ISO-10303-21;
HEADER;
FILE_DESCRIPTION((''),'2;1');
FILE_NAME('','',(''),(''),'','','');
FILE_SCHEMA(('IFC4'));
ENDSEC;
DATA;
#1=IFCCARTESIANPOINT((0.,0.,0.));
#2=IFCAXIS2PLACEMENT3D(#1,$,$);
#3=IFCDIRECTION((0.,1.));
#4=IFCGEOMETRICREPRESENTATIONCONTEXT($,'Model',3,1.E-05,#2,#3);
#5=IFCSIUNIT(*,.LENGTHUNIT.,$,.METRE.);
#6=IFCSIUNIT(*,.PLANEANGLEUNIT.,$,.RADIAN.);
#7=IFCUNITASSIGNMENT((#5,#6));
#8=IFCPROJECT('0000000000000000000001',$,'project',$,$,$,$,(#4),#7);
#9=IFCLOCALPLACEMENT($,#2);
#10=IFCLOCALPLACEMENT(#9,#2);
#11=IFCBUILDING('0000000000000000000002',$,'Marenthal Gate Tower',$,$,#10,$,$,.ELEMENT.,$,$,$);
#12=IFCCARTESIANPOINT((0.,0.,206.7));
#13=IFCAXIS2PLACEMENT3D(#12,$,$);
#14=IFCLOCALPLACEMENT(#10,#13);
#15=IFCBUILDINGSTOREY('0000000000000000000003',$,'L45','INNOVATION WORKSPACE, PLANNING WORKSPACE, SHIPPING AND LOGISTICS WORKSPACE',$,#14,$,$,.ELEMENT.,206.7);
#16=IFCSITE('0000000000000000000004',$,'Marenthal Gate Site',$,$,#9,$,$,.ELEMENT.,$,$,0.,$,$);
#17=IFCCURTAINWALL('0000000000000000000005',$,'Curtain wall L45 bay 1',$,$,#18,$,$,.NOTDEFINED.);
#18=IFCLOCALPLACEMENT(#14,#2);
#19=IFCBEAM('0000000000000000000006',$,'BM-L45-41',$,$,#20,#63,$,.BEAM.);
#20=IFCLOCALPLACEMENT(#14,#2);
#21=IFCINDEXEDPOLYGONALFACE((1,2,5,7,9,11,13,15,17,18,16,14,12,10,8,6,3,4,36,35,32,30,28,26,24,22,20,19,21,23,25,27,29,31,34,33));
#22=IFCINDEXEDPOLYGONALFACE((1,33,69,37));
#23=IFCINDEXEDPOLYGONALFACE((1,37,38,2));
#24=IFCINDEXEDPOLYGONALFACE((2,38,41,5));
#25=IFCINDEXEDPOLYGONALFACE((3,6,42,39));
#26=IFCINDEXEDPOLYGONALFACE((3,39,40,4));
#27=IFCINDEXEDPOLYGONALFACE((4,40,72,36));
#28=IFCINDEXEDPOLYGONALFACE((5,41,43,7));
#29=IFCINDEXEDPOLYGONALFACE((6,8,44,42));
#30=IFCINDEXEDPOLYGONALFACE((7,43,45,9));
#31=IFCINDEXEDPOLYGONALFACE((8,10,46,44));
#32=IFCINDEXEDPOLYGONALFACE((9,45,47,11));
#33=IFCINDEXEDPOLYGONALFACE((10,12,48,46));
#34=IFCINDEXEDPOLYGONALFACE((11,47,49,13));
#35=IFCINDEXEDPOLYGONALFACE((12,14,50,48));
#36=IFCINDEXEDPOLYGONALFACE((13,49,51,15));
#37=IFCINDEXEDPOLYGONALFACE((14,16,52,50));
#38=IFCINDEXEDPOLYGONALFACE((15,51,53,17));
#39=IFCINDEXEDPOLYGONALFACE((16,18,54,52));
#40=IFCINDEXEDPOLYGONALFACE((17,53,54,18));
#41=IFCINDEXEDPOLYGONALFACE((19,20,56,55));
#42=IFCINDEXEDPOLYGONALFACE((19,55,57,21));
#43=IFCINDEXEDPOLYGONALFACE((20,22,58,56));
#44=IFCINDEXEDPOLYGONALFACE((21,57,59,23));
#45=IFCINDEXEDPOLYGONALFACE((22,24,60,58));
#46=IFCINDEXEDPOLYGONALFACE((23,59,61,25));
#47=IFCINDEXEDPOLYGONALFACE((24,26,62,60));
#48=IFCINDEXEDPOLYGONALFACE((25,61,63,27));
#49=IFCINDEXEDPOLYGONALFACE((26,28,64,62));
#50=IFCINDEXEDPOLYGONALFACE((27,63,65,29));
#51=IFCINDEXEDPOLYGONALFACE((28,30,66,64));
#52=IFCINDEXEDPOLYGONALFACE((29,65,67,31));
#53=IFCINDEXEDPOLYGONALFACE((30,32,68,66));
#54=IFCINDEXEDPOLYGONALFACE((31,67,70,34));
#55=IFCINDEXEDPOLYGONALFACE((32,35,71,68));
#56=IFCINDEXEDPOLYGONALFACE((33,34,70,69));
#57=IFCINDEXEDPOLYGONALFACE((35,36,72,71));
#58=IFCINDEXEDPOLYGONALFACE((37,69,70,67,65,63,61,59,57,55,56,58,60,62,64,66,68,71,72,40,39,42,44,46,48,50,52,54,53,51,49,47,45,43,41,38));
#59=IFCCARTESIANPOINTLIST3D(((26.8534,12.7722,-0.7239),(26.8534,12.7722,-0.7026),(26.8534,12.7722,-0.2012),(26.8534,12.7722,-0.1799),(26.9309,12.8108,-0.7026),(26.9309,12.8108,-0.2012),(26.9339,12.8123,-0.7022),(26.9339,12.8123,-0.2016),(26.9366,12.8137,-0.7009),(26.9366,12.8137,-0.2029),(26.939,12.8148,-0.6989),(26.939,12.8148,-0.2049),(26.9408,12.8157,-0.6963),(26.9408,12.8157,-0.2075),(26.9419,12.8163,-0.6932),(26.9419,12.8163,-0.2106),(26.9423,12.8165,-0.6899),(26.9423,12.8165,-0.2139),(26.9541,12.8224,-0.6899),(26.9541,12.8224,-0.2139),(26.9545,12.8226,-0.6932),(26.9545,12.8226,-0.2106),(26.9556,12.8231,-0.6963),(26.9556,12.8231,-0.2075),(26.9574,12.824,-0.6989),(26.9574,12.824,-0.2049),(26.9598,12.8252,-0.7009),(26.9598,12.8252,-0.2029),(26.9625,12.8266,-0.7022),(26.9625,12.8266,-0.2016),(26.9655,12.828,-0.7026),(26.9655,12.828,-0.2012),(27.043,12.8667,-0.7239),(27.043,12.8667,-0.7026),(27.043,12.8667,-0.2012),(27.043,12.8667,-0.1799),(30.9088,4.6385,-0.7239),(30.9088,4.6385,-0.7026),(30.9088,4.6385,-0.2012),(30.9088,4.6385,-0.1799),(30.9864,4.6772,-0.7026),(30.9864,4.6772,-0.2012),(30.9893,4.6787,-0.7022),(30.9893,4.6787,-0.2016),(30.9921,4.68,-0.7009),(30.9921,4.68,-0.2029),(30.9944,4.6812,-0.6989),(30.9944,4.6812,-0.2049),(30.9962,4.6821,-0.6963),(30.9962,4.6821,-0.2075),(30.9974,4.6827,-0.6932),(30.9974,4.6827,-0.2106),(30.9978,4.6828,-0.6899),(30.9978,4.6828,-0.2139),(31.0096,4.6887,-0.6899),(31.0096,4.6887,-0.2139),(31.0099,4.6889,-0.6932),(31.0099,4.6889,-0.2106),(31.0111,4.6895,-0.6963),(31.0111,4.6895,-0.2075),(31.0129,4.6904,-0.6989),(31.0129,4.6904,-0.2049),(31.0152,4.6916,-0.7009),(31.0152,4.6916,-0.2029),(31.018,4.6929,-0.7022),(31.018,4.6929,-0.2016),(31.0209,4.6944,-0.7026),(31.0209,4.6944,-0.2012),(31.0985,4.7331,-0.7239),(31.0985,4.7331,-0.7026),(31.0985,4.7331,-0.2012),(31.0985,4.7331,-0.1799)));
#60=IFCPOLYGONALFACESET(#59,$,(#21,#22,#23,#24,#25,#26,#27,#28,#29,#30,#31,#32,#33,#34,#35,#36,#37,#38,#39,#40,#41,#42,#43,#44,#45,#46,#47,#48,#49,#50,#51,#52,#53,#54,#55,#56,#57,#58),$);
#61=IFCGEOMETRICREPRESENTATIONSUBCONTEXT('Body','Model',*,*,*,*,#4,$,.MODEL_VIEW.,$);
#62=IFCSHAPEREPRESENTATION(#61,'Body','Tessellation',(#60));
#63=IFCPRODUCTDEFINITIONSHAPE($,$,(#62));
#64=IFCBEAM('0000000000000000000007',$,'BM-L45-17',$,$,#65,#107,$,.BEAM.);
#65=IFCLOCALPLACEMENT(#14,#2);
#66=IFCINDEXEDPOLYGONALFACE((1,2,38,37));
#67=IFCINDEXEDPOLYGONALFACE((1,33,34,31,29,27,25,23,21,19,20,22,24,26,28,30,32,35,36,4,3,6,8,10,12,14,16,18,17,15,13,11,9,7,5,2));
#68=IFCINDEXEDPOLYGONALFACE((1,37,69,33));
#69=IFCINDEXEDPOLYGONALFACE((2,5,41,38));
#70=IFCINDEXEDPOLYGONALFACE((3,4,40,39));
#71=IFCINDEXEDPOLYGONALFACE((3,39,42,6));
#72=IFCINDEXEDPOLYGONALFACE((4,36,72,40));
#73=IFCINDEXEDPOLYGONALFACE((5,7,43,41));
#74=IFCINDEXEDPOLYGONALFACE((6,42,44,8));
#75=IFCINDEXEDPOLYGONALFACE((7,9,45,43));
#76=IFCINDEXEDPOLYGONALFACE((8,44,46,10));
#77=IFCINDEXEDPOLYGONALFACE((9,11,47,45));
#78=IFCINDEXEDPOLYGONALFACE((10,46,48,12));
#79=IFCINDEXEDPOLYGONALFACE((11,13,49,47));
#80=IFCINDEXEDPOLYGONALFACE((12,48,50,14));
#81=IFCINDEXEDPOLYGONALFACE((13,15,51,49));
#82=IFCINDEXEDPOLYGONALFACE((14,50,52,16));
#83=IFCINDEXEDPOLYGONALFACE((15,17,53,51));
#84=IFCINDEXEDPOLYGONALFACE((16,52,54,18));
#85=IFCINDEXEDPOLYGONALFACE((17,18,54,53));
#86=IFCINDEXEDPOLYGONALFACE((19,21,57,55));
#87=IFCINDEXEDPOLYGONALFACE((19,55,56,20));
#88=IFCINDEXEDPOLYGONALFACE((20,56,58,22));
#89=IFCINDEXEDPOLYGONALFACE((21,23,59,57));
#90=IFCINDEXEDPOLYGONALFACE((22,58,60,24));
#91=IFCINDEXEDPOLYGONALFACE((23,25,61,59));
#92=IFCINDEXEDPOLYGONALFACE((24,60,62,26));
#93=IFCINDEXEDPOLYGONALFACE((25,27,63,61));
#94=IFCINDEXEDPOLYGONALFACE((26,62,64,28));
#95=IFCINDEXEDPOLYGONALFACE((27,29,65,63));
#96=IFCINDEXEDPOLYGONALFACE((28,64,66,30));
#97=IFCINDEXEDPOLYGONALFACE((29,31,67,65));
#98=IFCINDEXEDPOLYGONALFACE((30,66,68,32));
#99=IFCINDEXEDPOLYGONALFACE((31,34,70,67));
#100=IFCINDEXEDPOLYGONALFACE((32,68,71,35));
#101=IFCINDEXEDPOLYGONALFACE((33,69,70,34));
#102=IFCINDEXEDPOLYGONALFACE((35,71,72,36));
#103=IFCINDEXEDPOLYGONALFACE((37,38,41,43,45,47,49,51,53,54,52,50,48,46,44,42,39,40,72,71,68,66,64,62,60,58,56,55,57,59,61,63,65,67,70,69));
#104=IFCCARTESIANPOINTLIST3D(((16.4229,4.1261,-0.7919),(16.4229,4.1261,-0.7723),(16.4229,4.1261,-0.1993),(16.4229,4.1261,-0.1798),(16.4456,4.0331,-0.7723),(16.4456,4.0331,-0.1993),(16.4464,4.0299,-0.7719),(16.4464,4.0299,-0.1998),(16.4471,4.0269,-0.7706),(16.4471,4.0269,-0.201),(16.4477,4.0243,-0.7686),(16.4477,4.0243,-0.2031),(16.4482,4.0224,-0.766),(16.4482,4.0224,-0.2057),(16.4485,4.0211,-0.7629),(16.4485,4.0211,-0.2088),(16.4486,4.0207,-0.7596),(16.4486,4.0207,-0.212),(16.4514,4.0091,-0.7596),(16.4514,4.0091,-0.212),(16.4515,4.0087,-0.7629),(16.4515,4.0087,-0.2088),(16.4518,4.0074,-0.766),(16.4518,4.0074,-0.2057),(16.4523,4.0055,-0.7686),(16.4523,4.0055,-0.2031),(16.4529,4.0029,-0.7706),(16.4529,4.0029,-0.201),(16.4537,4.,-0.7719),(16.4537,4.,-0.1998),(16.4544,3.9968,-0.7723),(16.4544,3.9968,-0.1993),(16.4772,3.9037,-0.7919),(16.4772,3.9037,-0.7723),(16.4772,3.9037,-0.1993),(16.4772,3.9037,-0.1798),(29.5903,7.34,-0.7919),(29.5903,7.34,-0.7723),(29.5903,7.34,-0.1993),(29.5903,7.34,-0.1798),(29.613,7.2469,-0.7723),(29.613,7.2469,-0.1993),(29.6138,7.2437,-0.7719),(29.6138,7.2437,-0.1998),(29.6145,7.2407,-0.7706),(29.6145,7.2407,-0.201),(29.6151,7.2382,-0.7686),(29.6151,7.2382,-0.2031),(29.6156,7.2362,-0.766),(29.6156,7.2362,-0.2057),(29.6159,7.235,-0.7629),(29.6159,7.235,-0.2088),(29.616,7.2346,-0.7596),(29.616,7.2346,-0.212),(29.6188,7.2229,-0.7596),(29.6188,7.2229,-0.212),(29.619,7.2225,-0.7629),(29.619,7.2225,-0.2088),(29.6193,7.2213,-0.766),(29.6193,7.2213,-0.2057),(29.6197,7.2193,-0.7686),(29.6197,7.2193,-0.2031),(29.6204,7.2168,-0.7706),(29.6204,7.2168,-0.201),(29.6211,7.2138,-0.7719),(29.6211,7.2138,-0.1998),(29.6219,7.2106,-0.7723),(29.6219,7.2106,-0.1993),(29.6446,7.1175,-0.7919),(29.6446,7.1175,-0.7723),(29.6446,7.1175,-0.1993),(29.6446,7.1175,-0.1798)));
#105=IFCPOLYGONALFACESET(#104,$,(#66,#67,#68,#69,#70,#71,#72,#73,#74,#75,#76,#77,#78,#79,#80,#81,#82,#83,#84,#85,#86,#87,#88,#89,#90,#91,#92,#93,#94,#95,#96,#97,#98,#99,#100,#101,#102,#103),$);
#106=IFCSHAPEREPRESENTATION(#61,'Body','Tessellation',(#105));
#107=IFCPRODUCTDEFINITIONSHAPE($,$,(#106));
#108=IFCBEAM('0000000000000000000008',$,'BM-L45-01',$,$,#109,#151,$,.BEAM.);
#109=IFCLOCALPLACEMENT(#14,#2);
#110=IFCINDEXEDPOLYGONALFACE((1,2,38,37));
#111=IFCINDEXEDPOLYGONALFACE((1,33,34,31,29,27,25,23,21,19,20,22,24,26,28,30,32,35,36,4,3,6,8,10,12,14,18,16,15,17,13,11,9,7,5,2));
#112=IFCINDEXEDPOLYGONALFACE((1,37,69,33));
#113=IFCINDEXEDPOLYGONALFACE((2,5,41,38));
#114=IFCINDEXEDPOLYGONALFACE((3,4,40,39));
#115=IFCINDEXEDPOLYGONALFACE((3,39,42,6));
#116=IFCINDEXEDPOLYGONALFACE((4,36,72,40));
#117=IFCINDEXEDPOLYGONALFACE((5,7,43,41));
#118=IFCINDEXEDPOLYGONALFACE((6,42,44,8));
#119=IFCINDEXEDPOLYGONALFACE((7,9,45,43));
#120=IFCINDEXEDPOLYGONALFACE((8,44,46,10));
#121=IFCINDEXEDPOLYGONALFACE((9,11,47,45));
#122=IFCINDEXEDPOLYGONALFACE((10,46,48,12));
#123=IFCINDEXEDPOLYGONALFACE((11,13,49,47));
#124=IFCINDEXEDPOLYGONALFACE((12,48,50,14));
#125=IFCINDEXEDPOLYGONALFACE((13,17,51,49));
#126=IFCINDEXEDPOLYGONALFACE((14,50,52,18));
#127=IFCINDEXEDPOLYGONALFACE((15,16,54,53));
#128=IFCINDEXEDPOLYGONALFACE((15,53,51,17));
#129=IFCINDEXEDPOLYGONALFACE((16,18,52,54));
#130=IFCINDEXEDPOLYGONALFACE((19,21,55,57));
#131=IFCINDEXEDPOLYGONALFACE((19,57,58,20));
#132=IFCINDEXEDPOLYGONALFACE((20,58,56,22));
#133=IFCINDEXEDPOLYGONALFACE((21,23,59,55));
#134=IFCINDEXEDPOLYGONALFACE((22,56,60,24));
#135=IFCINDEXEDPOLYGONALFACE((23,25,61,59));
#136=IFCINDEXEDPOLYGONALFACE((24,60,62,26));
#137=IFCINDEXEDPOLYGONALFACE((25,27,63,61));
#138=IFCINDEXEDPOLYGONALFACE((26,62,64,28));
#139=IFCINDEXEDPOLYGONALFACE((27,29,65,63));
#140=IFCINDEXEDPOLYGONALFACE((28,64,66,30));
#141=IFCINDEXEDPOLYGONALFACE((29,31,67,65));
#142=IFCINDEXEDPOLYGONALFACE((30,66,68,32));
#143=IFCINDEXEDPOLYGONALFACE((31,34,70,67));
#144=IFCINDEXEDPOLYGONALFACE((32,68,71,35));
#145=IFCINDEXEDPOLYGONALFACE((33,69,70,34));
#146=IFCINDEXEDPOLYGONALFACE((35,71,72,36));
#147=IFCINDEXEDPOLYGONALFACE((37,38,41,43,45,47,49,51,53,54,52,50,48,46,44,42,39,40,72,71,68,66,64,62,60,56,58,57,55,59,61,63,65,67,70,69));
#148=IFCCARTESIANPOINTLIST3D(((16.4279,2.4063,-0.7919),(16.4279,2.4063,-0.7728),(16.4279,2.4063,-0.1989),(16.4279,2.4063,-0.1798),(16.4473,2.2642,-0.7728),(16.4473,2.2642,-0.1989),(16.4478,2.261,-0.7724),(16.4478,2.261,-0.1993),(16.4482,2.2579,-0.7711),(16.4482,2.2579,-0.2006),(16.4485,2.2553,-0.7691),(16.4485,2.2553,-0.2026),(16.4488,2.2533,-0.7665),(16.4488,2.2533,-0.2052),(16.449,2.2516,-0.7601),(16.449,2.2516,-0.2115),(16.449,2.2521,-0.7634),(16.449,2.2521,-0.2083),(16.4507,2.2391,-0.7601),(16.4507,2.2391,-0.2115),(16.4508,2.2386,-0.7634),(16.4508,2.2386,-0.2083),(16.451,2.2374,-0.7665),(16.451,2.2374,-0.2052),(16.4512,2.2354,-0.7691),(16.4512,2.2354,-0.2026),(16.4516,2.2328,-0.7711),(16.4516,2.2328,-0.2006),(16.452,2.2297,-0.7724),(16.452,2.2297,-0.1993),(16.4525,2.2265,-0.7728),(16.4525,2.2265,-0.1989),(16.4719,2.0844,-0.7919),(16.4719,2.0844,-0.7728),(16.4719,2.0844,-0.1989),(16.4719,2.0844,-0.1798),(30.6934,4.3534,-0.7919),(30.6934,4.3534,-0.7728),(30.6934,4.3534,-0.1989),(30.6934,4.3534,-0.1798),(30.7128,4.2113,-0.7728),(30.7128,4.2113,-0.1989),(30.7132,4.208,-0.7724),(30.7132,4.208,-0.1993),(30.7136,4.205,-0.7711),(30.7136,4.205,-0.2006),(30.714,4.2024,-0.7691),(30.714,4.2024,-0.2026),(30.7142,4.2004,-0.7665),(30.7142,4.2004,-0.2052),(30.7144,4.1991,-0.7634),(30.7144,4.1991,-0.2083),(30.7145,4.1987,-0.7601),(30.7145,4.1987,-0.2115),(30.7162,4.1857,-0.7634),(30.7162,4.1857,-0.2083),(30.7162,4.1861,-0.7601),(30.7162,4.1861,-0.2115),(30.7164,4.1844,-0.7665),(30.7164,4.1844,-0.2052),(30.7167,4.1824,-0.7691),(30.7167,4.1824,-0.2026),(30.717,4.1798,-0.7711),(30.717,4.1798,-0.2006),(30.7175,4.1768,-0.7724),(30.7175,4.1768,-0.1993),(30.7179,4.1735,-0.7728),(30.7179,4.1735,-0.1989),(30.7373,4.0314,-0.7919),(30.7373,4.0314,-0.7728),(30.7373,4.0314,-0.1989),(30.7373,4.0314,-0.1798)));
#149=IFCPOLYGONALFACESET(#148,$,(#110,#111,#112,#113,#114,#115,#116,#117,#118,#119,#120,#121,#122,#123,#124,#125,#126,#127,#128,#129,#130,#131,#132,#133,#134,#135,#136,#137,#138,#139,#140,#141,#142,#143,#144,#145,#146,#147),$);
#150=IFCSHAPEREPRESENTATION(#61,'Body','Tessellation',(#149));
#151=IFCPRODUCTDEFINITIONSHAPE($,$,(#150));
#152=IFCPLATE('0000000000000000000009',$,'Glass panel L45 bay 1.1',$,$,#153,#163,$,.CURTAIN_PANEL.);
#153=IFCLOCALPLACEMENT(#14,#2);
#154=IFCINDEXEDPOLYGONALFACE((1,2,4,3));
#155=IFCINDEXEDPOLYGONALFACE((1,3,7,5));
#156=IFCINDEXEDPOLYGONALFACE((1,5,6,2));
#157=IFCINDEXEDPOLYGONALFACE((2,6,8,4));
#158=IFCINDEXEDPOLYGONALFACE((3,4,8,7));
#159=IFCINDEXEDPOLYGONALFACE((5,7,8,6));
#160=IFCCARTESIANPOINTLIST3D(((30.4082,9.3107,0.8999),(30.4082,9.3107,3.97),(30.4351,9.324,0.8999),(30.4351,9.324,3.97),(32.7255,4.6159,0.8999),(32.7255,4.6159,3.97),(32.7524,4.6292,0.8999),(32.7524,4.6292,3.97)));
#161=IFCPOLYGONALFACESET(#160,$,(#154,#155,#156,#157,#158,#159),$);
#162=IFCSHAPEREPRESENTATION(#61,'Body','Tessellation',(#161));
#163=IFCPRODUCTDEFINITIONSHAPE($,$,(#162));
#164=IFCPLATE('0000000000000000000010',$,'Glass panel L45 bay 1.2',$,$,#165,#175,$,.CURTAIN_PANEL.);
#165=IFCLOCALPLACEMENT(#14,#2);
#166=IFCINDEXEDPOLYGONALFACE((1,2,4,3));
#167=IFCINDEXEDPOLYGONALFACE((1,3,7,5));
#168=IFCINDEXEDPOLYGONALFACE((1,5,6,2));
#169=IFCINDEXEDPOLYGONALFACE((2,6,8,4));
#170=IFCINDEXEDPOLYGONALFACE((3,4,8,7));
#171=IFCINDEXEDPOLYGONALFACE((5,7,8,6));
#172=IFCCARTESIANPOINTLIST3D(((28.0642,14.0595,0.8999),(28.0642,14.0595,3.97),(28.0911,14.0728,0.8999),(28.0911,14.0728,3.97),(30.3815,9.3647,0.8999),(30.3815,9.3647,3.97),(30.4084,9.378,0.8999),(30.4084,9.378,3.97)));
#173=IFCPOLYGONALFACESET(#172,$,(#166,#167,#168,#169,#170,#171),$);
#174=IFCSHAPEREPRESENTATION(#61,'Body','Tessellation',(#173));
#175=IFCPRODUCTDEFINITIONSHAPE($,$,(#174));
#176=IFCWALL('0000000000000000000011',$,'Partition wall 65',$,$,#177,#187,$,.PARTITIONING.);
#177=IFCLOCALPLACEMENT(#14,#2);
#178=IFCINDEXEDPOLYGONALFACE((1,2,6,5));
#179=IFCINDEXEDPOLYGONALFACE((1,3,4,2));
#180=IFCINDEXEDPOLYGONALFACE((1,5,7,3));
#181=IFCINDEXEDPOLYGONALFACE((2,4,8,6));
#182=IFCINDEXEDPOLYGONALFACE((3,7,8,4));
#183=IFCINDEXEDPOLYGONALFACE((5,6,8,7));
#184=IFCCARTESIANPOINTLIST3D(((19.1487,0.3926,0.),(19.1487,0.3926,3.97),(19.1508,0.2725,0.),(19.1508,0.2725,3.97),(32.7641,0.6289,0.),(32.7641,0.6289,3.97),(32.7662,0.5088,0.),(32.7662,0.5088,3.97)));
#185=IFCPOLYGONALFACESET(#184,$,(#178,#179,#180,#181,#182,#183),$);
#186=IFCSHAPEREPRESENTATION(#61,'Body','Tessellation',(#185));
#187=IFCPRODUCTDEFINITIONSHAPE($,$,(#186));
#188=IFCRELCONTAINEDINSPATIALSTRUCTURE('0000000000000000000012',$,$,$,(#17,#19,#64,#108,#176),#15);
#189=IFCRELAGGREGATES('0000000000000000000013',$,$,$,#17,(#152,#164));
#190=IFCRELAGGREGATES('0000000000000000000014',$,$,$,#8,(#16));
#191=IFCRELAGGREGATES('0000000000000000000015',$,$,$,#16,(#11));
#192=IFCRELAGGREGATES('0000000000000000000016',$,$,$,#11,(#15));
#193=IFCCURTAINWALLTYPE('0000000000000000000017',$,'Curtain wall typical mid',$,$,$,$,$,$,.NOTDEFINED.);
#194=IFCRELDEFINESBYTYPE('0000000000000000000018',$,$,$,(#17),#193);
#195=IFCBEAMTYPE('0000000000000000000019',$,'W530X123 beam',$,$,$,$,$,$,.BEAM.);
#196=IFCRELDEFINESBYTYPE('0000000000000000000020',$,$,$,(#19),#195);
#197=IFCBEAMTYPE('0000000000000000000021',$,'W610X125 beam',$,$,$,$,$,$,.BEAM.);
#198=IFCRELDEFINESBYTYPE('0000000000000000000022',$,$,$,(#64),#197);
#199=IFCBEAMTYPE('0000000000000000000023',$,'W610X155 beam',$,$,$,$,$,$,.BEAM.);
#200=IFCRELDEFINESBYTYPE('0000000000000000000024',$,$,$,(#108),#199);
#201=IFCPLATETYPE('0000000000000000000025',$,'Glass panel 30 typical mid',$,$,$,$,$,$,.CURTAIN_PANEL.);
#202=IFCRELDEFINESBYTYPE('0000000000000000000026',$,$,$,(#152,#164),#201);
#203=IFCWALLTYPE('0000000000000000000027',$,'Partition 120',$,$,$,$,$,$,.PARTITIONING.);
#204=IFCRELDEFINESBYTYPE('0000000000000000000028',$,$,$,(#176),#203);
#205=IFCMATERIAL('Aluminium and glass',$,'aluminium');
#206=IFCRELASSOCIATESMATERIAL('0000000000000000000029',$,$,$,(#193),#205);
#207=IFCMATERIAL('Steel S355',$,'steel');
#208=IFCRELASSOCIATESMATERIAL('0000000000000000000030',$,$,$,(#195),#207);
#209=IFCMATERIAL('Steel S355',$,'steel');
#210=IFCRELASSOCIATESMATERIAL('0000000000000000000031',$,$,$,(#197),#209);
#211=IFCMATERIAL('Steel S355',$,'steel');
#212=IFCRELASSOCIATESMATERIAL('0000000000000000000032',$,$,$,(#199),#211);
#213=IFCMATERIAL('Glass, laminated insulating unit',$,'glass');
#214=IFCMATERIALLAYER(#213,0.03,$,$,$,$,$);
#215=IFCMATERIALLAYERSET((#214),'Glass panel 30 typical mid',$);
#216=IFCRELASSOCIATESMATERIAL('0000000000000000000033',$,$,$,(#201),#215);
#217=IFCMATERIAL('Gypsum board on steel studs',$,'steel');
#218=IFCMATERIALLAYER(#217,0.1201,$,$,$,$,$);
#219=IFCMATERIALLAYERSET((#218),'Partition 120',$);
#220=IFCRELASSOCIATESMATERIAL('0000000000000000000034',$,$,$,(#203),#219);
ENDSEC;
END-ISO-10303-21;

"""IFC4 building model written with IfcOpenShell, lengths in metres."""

from ifc_helpers import new_model, si_unit, direction, frame, frame_2d, origin, origin_2d, place, context, subcontext, project, spatial, rectangle, i_section, extrude, material, layer, layer_set, material_profile, profile_set, type_object, element, aggregate, save


model = new_model("IFC4")

# Units and contexts
model_context = context("Model", 3, precision=1e-05, world=origin(), true_north=direction((0.0, 1.0)))
body_context = subcontext(model_context, "Body", "Model", "MODEL_VIEW")
ifc_project = project(units=[si_unit("LENGTHUNIT", "METRE"), si_unit("PLANEANGLEUNIT", "RADIAN")], contexts=[model_context])

# Site, building, storey
site_placement = place(None, origin())
site = spatial("IfcSite", under=ifc_project, at=site_placement, Name="Marenthal Gate Site", CompositionType="ELEMENT", RefElevation=0.0)
building_placement = place(site_placement, origin())
building = spatial("IfcBuilding", under=site, at=building_placement, Name="Marenthal Gate Tower", CompositionType="ELEMENT")
storey_placement = place(building_placement, frame((0.0, 0.0, 206.7)))
storey = spatial("IfcBuildingStorey", under=building, at=storey_placement, Name="L45", Description="INNOVATION WORKSPACE, PLANNING WORKSPACE, SHIPPING AND LOGISTICS WORKSPACE", CompositionType="ELEMENT", Elevation=206.7)

# Curtain wall
ifc_material_1 = material(Name="Aluminium and glass", Category="aluminium")
curtain_wall_type = type_object("IfcCurtainWallType", Name="Curtain wall typical mid", PredefinedType="NOTDEFINED", material=ifc_material_1)
curtain_wall_placement = place(storey_placement, origin())
curtain_wall = element("IfcCurtainWall", 1, at=curtain_wall_placement, inside=storey, type_object=curtain_wall_type, Name="Curtain wall L45 bay 1", PredefinedType="NOTDEFINED")

# Beams
ifc_material_2 = material(Name="Steel S355", Category="steel")
ifc_material_profile_1 = material_profile(ifc_material_2, i_section(OverallWidth=0.2119, OverallDepth=0.5439, WebThickness=0.0132, FlangeThickness=0.0212, FilletRadius=0.0127, at=origin_2d()), Name="W530X123")
ifc_profile_set_1 = profile_set([ifc_material_profile_1], Name="Steel S355")
beam_type_1 = type_object("IfcBeamType", Name="W530X123 beam", PredefinedType="BEAM", material=ifc_profile_set_1)
beam_1_placement = place(storey_placement, frame((31.0037, 4.6858, -0.4519), z_axis=(-0.446214, 0.894926, 0.0), x_axis=(-0.894926, -0.446214, 0.0)))
element("IfcBeam", 2, at=beam_1_placement, inside=storey, type_object=beam_type_1, Name="BM-L45-41", PredefinedType="BEAM", context=body_context, shape_type="SweptSolid", body=[
    extrude(i_section(OverallWidth=0.2119, OverallDepth=0.5439, WebThickness=0.0132, FlangeThickness=0.0212, FilletRadius=0.0127, at=origin_2d()), origin(), (0.0, 0.0, 1.0), 9.0886),
])
ifc_material_3 = material(Name="Steel S355", Category="steel")
ifc_material_profile_2 = material_profile(ifc_material_3, i_section(OverallWidth=0.229, OverallDepth=0.6121, WebThickness=0.012, FlangeThickness=0.0195, FilletRadius=0.0127, at=origin_2d()), Name="W610X125")
ifc_profile_set_2 = profile_set([ifc_material_profile_2], Name="Steel S355")
beam_type_2 = type_object("IfcBeamType", Name="W610X125 beam", PredefinedType="BEAM", material=ifc_profile_set_2)
beam_2_placement = place(storey_placement, frame((29.6174, 7.2288, -0.4858), z_axis=(-0.971481, -0.237115, 0.0), x_axis=(0.237115, -0.971481, 0.0)))
element("IfcBeam", 3, at=beam_2_placement, inside=storey, type_object=beam_type_2, Name="BM-L45-17", PredefinedType="BEAM", context=body_context, shape_type="SweptSolid", body=[
    extrude(i_section(OverallWidth=0.229, OverallDepth=0.6121, WebThickness=0.012, FlangeThickness=0.0195, FilletRadius=0.0127, at=origin_2d()), origin(), (0.0, 0.0, 1.0), 13.554),
])
ifc_material_4 = material(Name="Steel S355", Category="steel")
ifc_material_profile_3 = material_profile(ifc_material_4, i_section(OverallWidth=0.325, OverallDepth=0.6121, WebThickness=0.0127, FlangeThickness=0.019, FilletRadius=0.0127, at=origin_2d()), Name="W610X155")
ifc_profile_set_3 = profile_set([ifc_material_profile_3], Name="Steel S355")
beam_type_3 = type_object("IfcBeamType", Name="W610X155 beam", PredefinedType="BEAM", material=ifc_profile_set_3)
beam_3_placement = place(storey_placement, frame((30.7153, 4.1924, -0.4858), z_axis=(-0.990814, -0.135232, 0.0), x_axis=(0.135232, -0.990814, 0.0)))
element("IfcBeam", 4, at=beam_3_placement, inside=storey, type_object=beam_type_3, Name="BM-L45-01", PredefinedType="BEAM", context=body_context, shape_type="SweptSolid", body=[
    extrude(i_section(OverallWidth=0.325, OverallDepth=0.6121, WebThickness=0.0127, FlangeThickness=0.019, FilletRadius=0.0127, at=origin_2d()), origin(), (0.0, 0.0, 1.0), 14.3977),
])

# Plates
ifc_material_5 = material(Name="Glass, laminated insulating unit", Category="glass")
ifc_layer_1 = layer(ifc_material_5, 0.03)
ifc_layer_set_1 = layer_set([ifc_layer_1], Name="Glass panel 30 typical mid")
plate_type = type_object("IfcPlateType", Name="Glass panel 30 typical mid", PredefinedType="CURTAIN_PANEL", material=ifc_layer_set_1)
plate_1_placement = place(storey_placement, frame((31.5803, 6.97, 0.8999), z_axis=(0.0, 0.0, 1.0), x_axis=(-0.442607, 0.896716, 0.0)))
plate_1 = element("IfcPlate", 5, at=plate_1_placement, type_object=plate_type, Name="Glass panel L45 bay 1.1", PredefinedType="CURTAIN_PANEL", context=body_context, shape_type="SweptSolid", body=[
    extrude(rectangle(XDim=5.2356, YDim=0.03, at=origin_2d()), origin(), (0.0, 0.0, 1.0), 3.0701),
])
plate_2_placement = place(storey_placement, frame((29.2363, 11.7188, 0.8999), z_axis=(0.0, 0.0, 1.0), x_axis=(-0.442607, 0.896716, 0.0)))
plate_2 = element("IfcPlate", 6, at=plate_2_placement, type_object=plate_type, Name="Glass panel L45 bay 1.2", PredefinedType="CURTAIN_PANEL", context=body_context, shape_type="SweptSolid", body=[
    extrude(rectangle(XDim=5.2356, YDim=0.03, at=origin_2d()), origin(), (0.0, 0.0, 1.0), 3.0701),
])
aggregate(curtain_wall, [plate_1, plate_2])

# Wall
ifc_material_6 = material(Name="Gypsum board on steel studs", Category="steel")
ifc_layer_2 = layer(ifc_material_6, 0.1201)
ifc_layer_set_2 = layer_set([ifc_layer_2], Name="Partition 120")
wall_type_1 = type_object("IfcWallType", Name="Partition 120", PredefinedType="PARTITIONING", material=ifc_layer_set_2)
wall_1_placement = place(storey_placement, frame((19.1499, 0.3325, 0.0), z_axis=(0.0, 0.0, 1.0), x_axis=(0.999849, 0.017355, 0.0)))
element("IfcWall", 7, at=wall_1_placement, inside=storey, type_object=wall_type_1, Name="Partition wall 65", PredefinedType="PARTITIONING", context=body_context, shape_type="SweptSolid", body=[
    extrude(rectangle(XDim=13.6174, YDim=0.1201, at=frame_2d((6.8086, 0.0))), origin(), (0.0, 0.0, 1.0), 3.97),
])

save(model, "model.ifc")
